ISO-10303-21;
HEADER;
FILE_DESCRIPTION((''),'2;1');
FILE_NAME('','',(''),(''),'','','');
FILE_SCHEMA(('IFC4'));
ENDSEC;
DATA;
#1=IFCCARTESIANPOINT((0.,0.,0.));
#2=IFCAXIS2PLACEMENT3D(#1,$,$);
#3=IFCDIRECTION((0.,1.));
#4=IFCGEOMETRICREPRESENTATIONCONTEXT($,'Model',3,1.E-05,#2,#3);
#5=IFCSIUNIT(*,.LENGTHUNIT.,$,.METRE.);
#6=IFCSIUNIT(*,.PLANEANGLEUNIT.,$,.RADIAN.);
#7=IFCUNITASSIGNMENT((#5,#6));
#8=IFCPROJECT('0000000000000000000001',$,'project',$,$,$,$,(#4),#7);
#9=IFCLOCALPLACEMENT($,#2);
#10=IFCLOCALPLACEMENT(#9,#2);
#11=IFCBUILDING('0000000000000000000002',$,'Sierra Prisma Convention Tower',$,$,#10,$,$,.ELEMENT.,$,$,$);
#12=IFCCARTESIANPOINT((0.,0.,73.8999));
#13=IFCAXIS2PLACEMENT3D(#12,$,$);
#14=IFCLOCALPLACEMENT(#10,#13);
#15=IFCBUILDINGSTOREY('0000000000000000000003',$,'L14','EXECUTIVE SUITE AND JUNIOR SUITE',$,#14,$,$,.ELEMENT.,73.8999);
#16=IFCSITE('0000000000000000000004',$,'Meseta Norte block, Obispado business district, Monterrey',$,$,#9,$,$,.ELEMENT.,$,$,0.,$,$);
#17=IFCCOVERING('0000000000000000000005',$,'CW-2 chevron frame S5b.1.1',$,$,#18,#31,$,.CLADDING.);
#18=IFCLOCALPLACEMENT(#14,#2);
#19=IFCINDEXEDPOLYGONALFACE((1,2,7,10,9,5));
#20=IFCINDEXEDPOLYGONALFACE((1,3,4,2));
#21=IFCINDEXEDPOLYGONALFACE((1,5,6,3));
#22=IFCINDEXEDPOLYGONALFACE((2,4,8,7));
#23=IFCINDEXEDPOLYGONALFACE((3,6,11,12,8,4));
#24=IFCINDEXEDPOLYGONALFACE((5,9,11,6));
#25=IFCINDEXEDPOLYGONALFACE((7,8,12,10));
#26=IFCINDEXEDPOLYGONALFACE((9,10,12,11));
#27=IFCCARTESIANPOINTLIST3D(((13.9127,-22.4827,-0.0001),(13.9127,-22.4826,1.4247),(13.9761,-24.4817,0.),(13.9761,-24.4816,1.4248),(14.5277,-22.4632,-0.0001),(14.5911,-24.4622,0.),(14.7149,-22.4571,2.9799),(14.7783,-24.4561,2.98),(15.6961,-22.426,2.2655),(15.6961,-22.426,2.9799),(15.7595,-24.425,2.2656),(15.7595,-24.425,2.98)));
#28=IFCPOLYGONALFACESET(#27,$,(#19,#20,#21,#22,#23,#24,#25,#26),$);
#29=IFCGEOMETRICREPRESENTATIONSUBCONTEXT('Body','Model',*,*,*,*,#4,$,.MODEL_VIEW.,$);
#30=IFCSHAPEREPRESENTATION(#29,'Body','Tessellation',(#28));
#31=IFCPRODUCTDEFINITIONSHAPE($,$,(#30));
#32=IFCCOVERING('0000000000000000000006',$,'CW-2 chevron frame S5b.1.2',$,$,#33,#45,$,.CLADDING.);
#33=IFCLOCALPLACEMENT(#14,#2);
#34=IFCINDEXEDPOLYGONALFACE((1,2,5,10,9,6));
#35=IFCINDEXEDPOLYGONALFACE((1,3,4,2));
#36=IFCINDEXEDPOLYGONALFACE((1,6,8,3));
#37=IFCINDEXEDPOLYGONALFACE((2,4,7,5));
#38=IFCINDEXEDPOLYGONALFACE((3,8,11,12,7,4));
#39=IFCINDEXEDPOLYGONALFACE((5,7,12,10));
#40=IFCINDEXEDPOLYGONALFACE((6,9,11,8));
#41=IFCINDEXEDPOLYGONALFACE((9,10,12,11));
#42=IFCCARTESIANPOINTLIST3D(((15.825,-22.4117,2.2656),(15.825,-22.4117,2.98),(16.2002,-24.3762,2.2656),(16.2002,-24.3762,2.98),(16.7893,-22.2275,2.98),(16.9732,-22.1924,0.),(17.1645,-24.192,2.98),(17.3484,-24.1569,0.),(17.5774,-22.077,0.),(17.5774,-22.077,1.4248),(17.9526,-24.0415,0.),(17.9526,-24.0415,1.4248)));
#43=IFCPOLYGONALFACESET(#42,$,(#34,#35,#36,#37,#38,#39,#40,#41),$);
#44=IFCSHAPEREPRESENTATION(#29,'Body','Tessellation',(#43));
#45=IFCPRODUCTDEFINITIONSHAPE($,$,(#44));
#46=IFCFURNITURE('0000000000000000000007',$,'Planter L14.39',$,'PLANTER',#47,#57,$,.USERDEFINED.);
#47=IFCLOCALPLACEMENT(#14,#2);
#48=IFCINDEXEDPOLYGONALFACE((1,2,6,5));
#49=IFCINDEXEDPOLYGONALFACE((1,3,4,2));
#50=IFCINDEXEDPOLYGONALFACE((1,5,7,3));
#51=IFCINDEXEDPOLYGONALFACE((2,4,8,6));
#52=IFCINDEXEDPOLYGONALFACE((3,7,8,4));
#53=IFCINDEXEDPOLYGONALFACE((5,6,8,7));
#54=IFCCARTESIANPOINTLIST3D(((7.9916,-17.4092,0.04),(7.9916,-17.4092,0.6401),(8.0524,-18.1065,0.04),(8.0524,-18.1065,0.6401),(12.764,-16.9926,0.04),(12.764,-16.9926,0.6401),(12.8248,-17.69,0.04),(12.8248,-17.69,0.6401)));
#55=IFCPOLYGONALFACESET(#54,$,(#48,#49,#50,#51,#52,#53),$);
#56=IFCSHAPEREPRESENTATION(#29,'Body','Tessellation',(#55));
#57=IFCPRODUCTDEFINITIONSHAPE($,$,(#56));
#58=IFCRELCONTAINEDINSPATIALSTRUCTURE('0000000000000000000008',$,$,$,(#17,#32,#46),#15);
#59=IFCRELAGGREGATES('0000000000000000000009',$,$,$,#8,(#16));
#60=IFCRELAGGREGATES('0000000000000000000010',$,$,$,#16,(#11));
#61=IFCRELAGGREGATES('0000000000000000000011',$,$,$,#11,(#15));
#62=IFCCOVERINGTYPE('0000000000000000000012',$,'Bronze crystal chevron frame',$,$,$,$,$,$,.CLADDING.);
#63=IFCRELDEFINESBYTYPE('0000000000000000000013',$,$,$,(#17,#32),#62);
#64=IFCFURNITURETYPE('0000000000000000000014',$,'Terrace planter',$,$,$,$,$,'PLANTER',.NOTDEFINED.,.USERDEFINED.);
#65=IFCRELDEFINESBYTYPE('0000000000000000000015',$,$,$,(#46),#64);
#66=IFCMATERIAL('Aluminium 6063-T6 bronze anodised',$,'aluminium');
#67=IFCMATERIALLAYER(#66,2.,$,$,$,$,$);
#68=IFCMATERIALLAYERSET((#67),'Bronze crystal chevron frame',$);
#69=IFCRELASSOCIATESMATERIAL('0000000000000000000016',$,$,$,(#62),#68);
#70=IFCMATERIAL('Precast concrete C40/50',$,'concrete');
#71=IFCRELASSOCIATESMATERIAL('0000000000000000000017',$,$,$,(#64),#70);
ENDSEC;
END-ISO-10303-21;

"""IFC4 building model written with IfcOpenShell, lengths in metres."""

from ifc_helpers import new_model, si_unit, direction, frame, origin, origin_2d, place, context, subcontext, project, spatial, polyline, rectangle, outline, extrude, material, layer, layer_set, type_object, element, save


model = new_model("IFC4")

# Units and contexts
model_context = context("Model", 3, precision=1e-05, world=origin(), true_north=direction((0.0, 1.0)))
body_context = subcontext(model_context, "Body", "Model", "MODEL_VIEW")
ifc_project = project(units=[si_unit("LENGTHUNIT", "METRE"), si_unit("PLANEANGLEUNIT", "RADIAN")], contexts=[model_context])

# Site, building, storey
site_placement = place(None, origin())
site = spatial("IfcSite", under=ifc_project, at=site_placement, Name="Meseta Norte block, Obispado business district, Monterrey", CompositionType="ELEMENT", RefElevation=0.0)
building_placement = place(site_placement, origin())
building = spatial("IfcBuilding", under=site, at=building_placement, Name="Sierra Prisma Convention Tower", CompositionType="ELEMENT")
storey_placement = place(building_placement, frame((0.0, 0.0, 73.8999)))
storey = spatial("IfcBuildingStorey", under=building, at=storey_placement, Name="L14", Description="EXECUTIVE SUITE AND JUNIOR SUITE", CompositionType="ELEMENT", Elevation=73.8999)

# Coverings
ifc_material_1 = material(Name="Aluminium 6063-T6 bronze anodised", Category="aluminium")
ifc_layer_1 = layer(ifc_material_1, 2.0)
ifc_layer_set_1 = layer_set([ifc_layer_1], Name="Bronze crystal chevron frame")
covering_type = type_object("IfcCoveringType", Name="Bronze crystal chevron frame", PredefinedType="CLADDING", material=ifc_layer_set_1)
covering_1_placement = place(storey_placement, frame((13.9761, -24.4817, 0.0), z_axis=(0.031707, -0.999497, 0.000041), x_axis=(0.999497, 0.031707, 0.0)))
element("IfcCovering", 1, at=covering_1_placement, inside=storey, type_object=covering_type, Name="CW-2 chevron frame S5b.1.1", PredefinedType="CLADDING", context=body_context, shape_type="SweptSolid", body=[
    extrude(outline(polyline([(0.0, 0.0), (0.6153, 0.0), (1.7843, 2.2656), (1.7843, 2.98), (0.8027, 2.98), (0.0, 1.4248), (0.0, 0.0)])), origin(), (0.0, 0.0, -1.0), 2.0),
])
covering_2_placement = place(storey_placement, frame((16.2002, -24.3762, 2.98), z_axis=(0.187606, -0.982244, -0.000011), x_axis=(-0.000002, 0.000011, -1.0)))
element("IfcCovering", 2, at=covering_2_placement, inside=storey, type_object=covering_type, Name="CW-2 chevron frame S5b.1.2", PredefinedType="CLADDING", context=body_context, shape_type="SweptSolid", body=[
    extrude(outline(polyline([(0.0, 0.0), (0.7144, 0.0), (2.98, 1.1689), (2.98, 1.7841), (1.5552, 1.7841), (0.0, 0.9818), (0.0, 0.0)])), origin(), (0.0, 0.0, -1.0), 2.0),
])

# Furniture
ifc_material_2 = material(Name="Precast concrete C40/50", Category="concrete")
furniture_type = type_object("IfcFurnitureType", Name="Terrace planter", ElementType="PLANTER", AssemblyPlace="NOTDEFINED", PredefinedType="USERDEFINED", material=ifc_material_2)
furniture_placement = place(storey_placement, frame((10.4082, -17.5496, 0.04), z_axis=(0.0, 0.0, 1.0), x_axis=(0.996213, 0.086947, 0.0)))
element("IfcFurniture", 3, at=furniture_placement, inside=storey, type_object=furniture_type, Name="Planter L14.39", ObjectType="PLANTER", PredefinedType="USERDEFINED", context=body_context, shape_type="SweptSolid", body=[
    extrude(rectangle(XDim=4.7905, YDim=0.7, at=origin_2d()), origin(), (0.0, 0.0, 1.0), 0.6001),
])

save(model, "model.ifc")
